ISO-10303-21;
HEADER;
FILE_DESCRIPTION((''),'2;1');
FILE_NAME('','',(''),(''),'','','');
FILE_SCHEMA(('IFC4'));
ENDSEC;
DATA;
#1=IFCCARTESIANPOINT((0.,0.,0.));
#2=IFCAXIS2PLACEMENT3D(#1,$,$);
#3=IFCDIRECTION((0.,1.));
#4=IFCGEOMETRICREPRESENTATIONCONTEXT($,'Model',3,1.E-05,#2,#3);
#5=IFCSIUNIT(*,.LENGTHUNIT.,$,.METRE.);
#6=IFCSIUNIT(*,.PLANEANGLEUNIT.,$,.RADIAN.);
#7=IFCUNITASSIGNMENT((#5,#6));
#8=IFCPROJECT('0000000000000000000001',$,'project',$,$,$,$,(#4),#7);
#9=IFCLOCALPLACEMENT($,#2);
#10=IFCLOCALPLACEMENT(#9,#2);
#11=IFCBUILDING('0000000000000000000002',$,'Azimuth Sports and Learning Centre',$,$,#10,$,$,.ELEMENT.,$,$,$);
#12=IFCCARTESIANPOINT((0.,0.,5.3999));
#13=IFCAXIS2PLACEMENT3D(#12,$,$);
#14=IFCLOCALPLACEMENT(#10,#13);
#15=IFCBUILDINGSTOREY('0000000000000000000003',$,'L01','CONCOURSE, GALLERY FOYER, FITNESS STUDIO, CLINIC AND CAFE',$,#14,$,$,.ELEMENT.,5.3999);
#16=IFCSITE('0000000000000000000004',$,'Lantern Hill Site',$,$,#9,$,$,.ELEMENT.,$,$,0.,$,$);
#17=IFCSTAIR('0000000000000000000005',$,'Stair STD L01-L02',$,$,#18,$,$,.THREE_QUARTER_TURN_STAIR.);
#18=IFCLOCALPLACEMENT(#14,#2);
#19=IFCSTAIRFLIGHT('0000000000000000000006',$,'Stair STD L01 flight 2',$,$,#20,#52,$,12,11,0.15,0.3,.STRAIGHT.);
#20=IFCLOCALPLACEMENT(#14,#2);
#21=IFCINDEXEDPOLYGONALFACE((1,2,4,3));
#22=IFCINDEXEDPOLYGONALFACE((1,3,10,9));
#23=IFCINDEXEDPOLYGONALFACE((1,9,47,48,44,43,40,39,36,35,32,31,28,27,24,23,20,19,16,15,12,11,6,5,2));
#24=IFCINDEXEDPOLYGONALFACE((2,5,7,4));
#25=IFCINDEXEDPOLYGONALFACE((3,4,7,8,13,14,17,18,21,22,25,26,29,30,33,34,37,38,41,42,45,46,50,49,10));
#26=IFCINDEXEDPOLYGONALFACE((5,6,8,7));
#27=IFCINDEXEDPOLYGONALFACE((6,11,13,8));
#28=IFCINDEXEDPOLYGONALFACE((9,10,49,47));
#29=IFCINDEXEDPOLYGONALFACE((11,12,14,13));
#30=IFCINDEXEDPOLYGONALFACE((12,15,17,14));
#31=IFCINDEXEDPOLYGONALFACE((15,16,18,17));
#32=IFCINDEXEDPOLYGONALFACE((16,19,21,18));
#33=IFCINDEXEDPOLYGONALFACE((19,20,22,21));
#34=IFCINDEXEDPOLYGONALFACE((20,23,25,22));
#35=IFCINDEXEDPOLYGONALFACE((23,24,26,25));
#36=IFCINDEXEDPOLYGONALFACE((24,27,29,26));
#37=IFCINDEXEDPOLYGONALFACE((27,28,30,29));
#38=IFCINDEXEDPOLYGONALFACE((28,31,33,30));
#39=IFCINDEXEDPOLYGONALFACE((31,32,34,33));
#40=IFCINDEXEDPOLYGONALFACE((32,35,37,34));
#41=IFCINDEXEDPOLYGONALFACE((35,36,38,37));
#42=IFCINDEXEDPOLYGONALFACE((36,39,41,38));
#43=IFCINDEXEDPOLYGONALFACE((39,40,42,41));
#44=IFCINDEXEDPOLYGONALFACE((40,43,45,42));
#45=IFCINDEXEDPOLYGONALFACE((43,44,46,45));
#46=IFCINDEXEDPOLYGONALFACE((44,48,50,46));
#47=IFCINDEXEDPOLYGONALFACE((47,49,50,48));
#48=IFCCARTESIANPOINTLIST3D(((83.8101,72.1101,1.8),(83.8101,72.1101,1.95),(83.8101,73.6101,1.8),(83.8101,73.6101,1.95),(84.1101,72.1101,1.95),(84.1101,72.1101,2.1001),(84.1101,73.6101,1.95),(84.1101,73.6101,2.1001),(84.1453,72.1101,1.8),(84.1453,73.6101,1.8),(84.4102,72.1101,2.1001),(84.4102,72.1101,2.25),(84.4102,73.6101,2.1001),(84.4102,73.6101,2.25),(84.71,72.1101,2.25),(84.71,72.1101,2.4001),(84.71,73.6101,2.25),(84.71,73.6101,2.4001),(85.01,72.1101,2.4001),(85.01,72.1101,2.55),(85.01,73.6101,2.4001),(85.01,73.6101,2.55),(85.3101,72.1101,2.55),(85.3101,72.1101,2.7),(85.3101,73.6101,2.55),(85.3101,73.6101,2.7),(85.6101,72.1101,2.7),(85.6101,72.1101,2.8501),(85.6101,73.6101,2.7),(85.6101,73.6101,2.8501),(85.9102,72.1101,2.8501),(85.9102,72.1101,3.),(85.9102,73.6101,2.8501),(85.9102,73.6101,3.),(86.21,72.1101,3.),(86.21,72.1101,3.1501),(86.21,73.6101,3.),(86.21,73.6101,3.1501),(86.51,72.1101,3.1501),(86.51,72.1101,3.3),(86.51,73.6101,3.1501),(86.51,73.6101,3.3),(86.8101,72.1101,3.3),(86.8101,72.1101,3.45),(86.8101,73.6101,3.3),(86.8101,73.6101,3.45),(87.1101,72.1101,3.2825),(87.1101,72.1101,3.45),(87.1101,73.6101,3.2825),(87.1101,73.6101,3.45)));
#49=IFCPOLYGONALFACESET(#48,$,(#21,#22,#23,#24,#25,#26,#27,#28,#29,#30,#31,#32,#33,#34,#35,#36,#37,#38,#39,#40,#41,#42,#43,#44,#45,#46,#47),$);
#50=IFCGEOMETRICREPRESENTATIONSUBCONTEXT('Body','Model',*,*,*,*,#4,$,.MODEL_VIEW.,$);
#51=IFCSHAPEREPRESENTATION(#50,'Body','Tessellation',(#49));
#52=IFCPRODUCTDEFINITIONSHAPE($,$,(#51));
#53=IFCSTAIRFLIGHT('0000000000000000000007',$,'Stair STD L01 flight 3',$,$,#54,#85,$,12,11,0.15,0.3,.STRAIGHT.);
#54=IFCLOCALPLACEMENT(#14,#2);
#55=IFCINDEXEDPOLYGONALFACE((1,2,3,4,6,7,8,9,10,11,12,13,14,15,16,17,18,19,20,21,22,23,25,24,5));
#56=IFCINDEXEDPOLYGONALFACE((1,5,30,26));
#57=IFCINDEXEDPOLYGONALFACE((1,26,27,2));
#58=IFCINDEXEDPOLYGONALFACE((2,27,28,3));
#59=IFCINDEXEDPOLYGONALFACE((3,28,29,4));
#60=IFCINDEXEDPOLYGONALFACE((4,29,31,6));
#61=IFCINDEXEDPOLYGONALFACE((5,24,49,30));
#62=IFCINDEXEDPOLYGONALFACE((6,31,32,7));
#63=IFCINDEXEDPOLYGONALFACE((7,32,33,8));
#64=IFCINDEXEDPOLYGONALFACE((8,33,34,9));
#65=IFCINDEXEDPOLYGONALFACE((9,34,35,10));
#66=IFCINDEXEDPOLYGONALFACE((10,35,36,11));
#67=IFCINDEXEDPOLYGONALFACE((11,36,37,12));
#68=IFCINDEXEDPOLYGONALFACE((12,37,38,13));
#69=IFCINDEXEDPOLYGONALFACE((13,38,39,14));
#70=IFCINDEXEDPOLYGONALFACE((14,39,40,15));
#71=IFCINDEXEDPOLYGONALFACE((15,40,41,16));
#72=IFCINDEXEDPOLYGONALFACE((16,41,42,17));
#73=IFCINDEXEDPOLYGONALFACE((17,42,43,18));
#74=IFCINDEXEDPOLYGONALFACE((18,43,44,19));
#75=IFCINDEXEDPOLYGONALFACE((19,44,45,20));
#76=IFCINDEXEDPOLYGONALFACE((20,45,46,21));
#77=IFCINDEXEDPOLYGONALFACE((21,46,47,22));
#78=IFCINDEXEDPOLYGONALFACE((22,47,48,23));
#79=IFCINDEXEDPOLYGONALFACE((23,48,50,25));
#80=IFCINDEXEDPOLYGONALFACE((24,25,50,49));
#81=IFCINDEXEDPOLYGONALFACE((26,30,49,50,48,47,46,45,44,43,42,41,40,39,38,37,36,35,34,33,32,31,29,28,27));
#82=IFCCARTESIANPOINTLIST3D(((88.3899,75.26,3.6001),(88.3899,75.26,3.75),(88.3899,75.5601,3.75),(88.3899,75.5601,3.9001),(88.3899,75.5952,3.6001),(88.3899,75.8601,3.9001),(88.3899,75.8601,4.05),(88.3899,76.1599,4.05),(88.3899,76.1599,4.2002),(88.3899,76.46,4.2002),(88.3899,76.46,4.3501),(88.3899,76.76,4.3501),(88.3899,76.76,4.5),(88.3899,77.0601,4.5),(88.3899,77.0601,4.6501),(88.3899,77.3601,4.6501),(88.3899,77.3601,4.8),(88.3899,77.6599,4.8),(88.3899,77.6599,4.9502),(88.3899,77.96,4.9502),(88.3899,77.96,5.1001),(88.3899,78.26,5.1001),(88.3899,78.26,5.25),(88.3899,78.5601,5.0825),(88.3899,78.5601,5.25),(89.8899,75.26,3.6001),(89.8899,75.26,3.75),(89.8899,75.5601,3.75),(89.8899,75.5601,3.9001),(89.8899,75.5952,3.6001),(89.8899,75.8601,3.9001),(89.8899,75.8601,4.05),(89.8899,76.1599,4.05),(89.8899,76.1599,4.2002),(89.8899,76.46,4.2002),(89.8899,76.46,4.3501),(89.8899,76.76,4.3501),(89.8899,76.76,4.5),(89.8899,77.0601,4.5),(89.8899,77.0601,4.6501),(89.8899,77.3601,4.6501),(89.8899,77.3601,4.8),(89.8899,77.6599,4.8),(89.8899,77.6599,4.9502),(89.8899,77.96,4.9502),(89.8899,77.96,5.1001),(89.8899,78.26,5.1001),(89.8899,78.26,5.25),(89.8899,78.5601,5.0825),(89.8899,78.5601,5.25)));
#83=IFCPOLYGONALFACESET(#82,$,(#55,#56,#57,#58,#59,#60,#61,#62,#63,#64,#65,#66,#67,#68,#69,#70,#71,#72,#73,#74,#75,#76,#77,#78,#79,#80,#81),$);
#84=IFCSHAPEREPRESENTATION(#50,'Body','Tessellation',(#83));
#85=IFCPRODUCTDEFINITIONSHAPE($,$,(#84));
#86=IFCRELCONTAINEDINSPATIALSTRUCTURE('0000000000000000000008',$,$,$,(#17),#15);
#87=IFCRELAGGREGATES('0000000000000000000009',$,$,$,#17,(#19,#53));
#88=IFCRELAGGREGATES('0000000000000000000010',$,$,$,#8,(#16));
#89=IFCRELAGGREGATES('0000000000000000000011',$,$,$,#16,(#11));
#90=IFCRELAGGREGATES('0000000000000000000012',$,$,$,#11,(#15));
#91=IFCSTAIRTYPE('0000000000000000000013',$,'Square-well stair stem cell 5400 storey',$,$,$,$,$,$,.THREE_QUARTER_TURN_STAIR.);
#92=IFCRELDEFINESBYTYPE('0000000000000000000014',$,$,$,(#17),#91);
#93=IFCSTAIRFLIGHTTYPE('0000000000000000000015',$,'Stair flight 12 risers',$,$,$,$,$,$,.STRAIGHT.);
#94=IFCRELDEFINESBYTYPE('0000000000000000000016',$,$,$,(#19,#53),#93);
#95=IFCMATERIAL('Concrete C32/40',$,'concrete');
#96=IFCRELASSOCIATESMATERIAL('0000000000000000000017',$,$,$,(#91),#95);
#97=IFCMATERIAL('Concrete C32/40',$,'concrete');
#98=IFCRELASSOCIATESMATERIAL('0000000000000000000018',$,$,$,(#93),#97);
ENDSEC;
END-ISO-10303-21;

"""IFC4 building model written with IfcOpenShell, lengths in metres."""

from ifc_helpers import new_model, si_unit, direction, frame, origin, place, context, subcontext, project, spatial, polyline, outline, extrude, material, type_object, element, aggregate, save


model = new_model("IFC4")

# Units and contexts
model_context = context("Model", 3, precision=1e-05, world=origin(), true_north=direction((0.0, 1.0)))
body_context = subcontext(model_context, "Body", "Model", "MODEL_VIEW")
ifc_project = project(units=[si_unit("LENGTHUNIT", "METRE"), si_unit("PLANEANGLEUNIT", "RADIAN")], contexts=[model_context])

# Site, building, storey
site_placement = place(None, origin())
site = spatial("IfcSite", under=ifc_project, at=site_placement, Name="Lantern Hill Site", CompositionType="ELEMENT", RefElevation=0.0)
building_placement = place(site_placement, origin())
building = spatial("IfcBuilding", under=site, at=building_placement, Name="Azimuth Sports and Learning Centre", CompositionType="ELEMENT")
storey_placement = place(building_placement, frame((0.0, 0.0, 5.3999)))
storey = spatial("IfcBuildingStorey", under=building, at=storey_placement, Name="L01", Description="CONCOURSE, GALLERY FOYER, FITNESS STUDIO, CLINIC AND CAFE", CompositionType="ELEMENT", Elevation=5.3999)

# Stair, stair flights
ifc_material_1 = material(Name="Concrete C32/40", Category="concrete")
stair_type = type_object("IfcStairType", Name="Square-well stair stem cell 5400 storey", PredefinedType="THREE_QUARTER_TURN_STAIR", material=ifc_material_1)
stair_placement = place(storey_placement, origin())
stair = element("IfcStair", 1, at=stair_placement, inside=storey, type_object=stair_type, Name="Stair STD L01-L02", PredefinedType="THREE_QUARTER_TURN_STAIR")
ifc_material_2 = material(Name="Concrete C32/40", Category="concrete")
stair_flight_type = type_object("IfcStairFlightType", Name="Stair flight 12 risers", PredefinedType="STRAIGHT", material=ifc_material_2)
stair_flight_1_placement = place(storey_placement, frame((83.8101, 72.8601, 1.8), z_axis=(0.0, 0.0, 1.0), x_axis=(1.0, 0.0, 0.0)))
stair_flight_1 = element("IfcStairFlight", 2, at=stair_flight_1_placement, type_object=stair_flight_type, Name="Stair STD L01 flight 2", NumberOfRisers=12, NumberOfTreads=11, PredefinedType="STRAIGHT", RiserHeight=0.15, TreadLength=0.3, context=body_context, shape_type="SweptSolid", body=[
    extrude(outline(polyline([(0.0, 0.0), (0.0, 0.1499), (0.3, 0.1499), (0.3, 0.3), (0.6001, 0.3), (0.6001, 0.45), (0.8999, 0.45), (0.8999, 0.6001), (1.2, 0.6001), (1.2, 0.75), (1.5, 0.75), (1.5, 0.8999), (1.8, 0.8999), (1.8, 1.05), (2.1001, 1.05), (2.1001, 1.2), (2.3999, 1.2), (2.3999, 1.3501), (2.7, 1.3501), (2.7, 1.5), (3.0, 1.5), (3.0, 1.6499), (3.3, 1.6499), (3.3, 1.8), (3.3, 1.4824), (0.3352, 0.0), (0.0, 0.0)])), frame((0.0, 0.75, 0.0), z_axis=(0.0, -1.0, 0.0), x_axis=(1.0, 0.0, 0.0)), (0.0, 0.0, 1.0), 1.5),
])
stair_flight_2_placement = place(storey_placement, frame((89.1399, 75.26, 3.6001), z_axis=(0.0, 0.0, 1.0), x_axis=(0.0, 1.0, 0.0)))
stair_flight_2 = element("IfcStairFlight", 3, at=stair_flight_2_placement, type_object=stair_flight_type, Name="Stair STD L01 flight 3", NumberOfRisers=12, NumberOfTreads=11, PredefinedType="STRAIGHT", RiserHeight=0.15, TreadLength=0.3, context=body_context, shape_type="SweptSolid", body=[
    extrude(outline(polyline([(0.0, 0.0), (0.0, 0.1499), (0.3, 0.1499), (0.3, 0.3), (0.6001, 0.3), (0.6001, 0.45), (0.8999, 0.45), (0.8999, 0.6001), (1.2, 0.6001), (1.2, 0.75), (1.5, 0.75), (1.5, 0.8999), (1.8, 0.8999), (1.8, 1.05), (2.1001, 1.05), (2.1001, 1.2), (2.3999, 1.2), (2.3999, 1.3501), (2.7, 1.3501), (2.7, 1.5), (3.0, 1.5), (3.0, 1.6499), (3.3, 1.6499), (3.3, 1.8), (3.3, 1.4824), (0.3352, 0.0), (0.0, 0.0)])), frame((0.0, 0.75, 0.0), z_axis=(0.0, -1.0, 0.0), x_axis=(1.0, 0.0, 0.0)), (0.0, 0.0, 1.0), 1.5),
])
aggregate(stair, [stair_flight_1, stair_flight_2])

save(model, "model.ifc")
